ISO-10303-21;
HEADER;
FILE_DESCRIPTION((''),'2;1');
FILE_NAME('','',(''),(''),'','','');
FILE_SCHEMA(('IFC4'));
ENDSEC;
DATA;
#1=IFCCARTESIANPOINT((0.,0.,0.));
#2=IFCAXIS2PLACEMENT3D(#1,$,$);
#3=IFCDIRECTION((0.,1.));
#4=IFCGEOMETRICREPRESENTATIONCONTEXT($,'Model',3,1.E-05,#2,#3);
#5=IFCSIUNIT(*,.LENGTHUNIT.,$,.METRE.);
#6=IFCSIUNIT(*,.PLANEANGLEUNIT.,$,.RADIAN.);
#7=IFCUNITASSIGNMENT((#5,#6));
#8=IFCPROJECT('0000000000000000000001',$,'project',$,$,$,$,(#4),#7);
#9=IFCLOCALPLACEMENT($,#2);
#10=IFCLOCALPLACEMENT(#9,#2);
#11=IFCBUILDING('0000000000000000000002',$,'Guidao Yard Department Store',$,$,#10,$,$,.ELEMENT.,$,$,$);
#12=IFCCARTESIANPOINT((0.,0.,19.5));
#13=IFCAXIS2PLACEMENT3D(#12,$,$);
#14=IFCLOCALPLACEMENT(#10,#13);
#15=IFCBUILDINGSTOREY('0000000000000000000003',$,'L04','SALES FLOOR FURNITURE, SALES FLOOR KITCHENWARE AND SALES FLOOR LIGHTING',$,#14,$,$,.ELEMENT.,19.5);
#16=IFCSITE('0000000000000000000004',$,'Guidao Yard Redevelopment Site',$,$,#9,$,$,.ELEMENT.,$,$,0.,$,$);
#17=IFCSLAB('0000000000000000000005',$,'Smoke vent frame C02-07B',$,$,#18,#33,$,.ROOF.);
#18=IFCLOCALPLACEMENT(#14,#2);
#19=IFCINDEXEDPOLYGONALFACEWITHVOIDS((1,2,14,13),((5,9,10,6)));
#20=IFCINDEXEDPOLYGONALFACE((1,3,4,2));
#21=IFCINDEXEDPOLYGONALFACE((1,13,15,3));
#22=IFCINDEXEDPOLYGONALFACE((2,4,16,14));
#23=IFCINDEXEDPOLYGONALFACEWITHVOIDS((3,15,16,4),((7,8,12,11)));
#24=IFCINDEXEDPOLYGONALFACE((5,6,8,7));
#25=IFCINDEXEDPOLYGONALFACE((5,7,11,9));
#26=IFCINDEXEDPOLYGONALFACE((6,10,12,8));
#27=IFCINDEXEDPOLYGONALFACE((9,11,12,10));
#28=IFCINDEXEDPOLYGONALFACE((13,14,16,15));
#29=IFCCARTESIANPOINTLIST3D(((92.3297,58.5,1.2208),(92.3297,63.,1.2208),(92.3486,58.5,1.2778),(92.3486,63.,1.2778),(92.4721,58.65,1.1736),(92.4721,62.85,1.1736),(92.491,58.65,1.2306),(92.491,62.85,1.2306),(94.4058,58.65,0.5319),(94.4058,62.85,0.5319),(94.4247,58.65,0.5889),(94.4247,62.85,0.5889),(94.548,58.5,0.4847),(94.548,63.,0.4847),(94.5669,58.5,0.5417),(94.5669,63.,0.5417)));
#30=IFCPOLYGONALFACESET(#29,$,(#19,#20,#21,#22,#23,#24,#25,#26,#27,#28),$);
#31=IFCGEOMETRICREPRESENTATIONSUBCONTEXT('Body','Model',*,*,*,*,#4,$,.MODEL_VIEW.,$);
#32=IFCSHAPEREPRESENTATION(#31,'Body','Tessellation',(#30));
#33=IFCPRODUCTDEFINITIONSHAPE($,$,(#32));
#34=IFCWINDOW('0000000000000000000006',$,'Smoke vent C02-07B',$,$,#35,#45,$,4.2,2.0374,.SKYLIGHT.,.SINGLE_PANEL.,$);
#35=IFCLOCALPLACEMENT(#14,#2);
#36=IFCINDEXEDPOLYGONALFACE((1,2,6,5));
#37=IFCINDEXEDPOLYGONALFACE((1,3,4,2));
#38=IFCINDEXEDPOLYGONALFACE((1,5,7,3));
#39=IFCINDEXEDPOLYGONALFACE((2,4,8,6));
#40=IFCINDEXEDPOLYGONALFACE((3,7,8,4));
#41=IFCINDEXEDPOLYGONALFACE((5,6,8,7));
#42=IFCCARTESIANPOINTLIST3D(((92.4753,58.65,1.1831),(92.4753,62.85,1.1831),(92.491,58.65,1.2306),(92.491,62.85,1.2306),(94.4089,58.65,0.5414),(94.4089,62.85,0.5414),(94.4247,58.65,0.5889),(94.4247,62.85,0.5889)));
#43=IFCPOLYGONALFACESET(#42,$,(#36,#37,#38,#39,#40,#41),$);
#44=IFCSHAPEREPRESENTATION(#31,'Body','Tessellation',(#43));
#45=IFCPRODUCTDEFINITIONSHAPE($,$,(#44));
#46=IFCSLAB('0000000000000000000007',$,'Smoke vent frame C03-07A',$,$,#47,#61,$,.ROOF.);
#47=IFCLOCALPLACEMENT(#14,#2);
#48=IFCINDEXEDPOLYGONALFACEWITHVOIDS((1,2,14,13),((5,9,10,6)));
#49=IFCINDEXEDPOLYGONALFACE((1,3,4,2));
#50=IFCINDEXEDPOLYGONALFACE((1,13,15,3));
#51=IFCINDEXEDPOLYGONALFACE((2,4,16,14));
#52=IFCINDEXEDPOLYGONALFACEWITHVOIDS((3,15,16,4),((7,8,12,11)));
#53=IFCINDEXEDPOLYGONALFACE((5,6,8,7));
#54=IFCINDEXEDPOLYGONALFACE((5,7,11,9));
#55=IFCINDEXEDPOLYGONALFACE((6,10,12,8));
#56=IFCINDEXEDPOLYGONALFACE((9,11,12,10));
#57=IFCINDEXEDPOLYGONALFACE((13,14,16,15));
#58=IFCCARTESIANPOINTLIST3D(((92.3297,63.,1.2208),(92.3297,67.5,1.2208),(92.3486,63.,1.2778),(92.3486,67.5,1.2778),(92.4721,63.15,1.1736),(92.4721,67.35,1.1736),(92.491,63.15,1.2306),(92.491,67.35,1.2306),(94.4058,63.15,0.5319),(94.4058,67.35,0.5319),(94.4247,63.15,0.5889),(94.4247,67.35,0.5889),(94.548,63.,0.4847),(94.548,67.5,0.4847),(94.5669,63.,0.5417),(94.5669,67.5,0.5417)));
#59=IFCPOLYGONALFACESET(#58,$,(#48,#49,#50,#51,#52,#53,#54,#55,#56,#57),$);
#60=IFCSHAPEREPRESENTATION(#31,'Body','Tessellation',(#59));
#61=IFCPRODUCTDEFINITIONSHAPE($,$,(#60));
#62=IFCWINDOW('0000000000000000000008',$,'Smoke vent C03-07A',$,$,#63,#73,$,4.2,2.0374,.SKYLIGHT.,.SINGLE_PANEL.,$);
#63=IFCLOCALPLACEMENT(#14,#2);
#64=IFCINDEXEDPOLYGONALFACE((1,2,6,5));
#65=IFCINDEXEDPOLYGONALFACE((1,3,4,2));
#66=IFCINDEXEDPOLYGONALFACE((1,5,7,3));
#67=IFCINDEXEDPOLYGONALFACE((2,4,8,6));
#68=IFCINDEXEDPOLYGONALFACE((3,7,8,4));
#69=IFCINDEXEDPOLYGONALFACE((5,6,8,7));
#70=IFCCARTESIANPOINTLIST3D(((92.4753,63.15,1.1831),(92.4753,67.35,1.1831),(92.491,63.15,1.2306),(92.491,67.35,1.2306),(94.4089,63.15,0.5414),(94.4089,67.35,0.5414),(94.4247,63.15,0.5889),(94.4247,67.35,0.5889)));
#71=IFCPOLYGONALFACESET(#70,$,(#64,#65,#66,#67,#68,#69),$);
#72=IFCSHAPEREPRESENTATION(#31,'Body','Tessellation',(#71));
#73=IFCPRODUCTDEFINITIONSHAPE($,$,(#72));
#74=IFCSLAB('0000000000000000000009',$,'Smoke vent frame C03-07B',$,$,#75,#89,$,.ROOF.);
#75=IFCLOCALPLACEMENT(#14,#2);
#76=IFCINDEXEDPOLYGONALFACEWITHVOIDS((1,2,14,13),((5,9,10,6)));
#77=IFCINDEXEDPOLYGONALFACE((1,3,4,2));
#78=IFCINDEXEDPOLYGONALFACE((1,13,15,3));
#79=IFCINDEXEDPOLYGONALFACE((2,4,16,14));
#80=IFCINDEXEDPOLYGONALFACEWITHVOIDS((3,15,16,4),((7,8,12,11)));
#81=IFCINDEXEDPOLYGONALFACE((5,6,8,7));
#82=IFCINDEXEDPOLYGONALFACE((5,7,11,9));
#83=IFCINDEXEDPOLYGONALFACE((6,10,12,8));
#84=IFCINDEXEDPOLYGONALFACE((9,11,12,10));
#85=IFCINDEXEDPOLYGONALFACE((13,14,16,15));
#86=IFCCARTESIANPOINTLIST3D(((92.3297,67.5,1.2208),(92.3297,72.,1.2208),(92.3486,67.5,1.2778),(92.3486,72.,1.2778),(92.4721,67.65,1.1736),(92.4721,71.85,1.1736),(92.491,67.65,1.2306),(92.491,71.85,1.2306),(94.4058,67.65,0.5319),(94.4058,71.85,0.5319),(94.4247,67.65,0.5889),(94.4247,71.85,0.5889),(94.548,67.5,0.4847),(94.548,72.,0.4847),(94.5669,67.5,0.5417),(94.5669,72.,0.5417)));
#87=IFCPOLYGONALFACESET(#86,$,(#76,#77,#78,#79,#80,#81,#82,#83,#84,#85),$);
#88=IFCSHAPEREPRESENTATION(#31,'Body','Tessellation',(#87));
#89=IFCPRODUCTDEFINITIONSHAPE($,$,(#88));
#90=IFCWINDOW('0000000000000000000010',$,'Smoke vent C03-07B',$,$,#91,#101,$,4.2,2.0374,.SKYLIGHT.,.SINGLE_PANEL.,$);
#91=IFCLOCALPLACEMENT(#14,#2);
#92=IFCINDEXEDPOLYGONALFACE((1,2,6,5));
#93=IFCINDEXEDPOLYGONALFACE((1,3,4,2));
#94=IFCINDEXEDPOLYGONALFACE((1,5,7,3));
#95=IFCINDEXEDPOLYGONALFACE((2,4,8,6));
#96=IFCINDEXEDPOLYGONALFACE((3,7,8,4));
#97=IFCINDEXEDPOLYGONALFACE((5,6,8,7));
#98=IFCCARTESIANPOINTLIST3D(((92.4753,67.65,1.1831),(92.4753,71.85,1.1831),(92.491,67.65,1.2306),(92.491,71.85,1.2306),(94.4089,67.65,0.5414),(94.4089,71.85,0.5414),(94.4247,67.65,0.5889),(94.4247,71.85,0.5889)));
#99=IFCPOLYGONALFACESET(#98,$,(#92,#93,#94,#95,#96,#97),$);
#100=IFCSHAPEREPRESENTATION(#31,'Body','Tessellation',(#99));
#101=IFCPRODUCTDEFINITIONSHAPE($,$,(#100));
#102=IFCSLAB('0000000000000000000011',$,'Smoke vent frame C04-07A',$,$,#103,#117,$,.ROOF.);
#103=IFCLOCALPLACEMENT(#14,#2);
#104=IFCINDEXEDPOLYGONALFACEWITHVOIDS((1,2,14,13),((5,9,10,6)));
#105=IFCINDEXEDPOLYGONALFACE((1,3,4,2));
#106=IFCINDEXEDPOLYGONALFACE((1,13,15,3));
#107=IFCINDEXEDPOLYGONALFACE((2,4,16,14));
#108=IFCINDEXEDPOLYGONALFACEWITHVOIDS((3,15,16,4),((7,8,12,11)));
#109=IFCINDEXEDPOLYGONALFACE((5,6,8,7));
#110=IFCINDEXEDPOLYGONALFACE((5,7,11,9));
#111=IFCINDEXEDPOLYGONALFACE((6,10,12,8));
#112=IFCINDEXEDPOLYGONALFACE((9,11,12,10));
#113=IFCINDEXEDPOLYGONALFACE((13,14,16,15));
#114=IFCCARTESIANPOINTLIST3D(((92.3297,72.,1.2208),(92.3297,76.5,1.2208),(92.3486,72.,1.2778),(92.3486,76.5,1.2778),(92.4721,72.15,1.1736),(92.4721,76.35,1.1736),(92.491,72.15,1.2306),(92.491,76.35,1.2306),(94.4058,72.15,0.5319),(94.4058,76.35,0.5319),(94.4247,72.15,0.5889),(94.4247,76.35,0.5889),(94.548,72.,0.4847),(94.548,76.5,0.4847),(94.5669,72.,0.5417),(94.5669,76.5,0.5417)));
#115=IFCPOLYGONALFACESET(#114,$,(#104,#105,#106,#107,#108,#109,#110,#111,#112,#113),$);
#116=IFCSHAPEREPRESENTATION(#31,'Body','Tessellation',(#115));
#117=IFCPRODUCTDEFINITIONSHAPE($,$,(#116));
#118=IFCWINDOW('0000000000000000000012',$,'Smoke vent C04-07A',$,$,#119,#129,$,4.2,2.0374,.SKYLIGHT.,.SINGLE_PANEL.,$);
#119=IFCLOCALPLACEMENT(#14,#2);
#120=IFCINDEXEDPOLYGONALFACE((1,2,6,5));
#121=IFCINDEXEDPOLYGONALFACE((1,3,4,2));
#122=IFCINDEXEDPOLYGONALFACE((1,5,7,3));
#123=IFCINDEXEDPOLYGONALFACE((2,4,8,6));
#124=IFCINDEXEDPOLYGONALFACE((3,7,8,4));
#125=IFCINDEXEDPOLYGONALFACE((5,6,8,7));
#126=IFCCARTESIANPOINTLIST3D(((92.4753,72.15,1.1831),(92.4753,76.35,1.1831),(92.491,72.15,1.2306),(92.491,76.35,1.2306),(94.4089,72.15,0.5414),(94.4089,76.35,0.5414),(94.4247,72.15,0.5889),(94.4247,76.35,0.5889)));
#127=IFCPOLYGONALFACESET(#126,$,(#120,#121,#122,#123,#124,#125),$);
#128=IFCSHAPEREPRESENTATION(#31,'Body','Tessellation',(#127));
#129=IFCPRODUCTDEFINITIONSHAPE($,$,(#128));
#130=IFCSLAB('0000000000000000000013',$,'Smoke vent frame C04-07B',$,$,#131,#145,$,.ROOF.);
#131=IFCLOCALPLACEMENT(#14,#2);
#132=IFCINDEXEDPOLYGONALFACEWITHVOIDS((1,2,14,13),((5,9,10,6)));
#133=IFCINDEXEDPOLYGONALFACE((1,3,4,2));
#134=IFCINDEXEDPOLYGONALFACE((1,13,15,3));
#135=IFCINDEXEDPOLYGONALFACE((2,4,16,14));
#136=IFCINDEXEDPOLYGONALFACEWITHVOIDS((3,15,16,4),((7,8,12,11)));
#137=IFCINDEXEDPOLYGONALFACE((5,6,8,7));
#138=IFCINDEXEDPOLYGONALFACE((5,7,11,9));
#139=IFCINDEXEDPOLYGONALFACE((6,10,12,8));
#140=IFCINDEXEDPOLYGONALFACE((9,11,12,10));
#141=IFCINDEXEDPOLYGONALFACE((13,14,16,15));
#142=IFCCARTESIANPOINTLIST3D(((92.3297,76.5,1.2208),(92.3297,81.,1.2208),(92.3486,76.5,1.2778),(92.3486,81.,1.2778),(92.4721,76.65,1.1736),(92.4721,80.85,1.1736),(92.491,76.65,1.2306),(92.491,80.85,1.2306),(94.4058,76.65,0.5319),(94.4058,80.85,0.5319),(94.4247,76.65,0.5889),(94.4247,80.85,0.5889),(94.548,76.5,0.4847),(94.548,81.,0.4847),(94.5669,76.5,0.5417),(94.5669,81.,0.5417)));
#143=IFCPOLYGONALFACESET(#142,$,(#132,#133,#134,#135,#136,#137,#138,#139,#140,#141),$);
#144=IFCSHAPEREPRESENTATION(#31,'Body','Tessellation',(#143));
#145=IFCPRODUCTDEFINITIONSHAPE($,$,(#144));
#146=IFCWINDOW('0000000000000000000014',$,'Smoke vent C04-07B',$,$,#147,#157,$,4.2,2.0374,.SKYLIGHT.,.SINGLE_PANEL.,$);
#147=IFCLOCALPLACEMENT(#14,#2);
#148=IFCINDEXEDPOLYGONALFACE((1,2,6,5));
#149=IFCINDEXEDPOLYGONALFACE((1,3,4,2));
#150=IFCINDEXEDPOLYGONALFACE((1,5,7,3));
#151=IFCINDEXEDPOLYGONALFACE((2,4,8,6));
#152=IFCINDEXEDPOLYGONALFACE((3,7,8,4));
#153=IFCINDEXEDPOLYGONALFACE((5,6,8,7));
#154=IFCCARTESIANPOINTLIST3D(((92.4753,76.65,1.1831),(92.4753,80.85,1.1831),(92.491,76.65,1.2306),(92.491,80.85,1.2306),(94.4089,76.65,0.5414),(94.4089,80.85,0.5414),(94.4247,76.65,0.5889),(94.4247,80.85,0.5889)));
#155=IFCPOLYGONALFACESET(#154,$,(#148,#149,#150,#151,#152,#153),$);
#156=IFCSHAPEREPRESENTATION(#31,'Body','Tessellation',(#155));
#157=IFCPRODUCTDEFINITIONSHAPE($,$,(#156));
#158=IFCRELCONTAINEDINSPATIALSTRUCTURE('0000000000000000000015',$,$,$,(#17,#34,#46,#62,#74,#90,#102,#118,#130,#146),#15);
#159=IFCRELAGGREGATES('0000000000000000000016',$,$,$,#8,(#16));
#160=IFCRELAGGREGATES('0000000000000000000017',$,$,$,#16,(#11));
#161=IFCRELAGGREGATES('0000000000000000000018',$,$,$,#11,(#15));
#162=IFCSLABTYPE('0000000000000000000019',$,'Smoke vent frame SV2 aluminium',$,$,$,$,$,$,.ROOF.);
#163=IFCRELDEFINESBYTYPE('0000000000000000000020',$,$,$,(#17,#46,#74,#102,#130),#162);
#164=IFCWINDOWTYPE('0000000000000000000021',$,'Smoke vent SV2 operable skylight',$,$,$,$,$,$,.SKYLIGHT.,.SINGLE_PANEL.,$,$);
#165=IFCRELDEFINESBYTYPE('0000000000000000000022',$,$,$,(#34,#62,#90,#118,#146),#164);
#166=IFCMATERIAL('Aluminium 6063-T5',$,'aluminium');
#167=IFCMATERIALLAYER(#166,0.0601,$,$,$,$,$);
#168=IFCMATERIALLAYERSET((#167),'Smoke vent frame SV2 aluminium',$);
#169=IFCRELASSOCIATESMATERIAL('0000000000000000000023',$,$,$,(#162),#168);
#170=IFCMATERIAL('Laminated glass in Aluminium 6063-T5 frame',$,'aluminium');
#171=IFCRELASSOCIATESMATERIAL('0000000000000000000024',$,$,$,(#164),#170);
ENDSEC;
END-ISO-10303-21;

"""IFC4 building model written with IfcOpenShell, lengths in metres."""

from ifc_helpers import new_model, si_unit, direction, frame, origin, origin_2d, place, context, subcontext, project, spatial, polyline, rectangle, outline, extrude, material, layer, layer_set, type_object, element, fill, save


model = new_model("IFC4")

# Units and contexts
model_context = context("Model", 3, precision=1e-05, world=origin(), true_north=direction((0.0, 1.0)))
body_context = subcontext(model_context, "Body", "Model", "MODEL_VIEW")
ifc_project = project(units=[si_unit("LENGTHUNIT", "METRE"), si_unit("PLANEANGLEUNIT", "RADIAN")], contexts=[model_context])

# Site, building, storey
site_placement = place(None, origin())
site = spatial("IfcSite", under=ifc_project, at=site_placement, Name="Guidao Yard Redevelopment Site", CompositionType="ELEMENT", RefElevation=0.0)
building_placement = place(site_placement, origin())
building = spatial("IfcBuilding", under=site, at=building_placement, Name="Guidao Yard Department Store", CompositionType="ELEMENT")
storey_placement = place(building_placement, frame((0.0, 0.0, 19.5)))
storey = spatial("IfcBuildingStorey", under=building, at=storey_placement, Name="L04", Description="SALES FLOOR FURNITURE, SALES FLOOR KITCHENWARE AND SALES FLOOR LIGHTING", CompositionType="ELEMENT", Elevation=19.5)

# Slabs, openings, windows
ifc_material_1 = material(Name="Aluminium 6063-T5", Category="aluminium")
ifc_layer = layer(ifc_material_1, 0.0601)
ifc_layer_set = layer_set([ifc_layer], Name="Smoke vent frame SV2 aluminium")
slab_type = type_object("IfcSlabType", Name="Smoke vent frame SV2 aluminium", PredefinedType="ROOF", material=ifc_layer_set)
slab_1_placement = place(storey_placement, frame((92.3486, 58.5, 1.2778), z_axis=(0.314943, 0.0, 0.949111), x_axis=(0.949111, 0.0, -0.314943)))
slab_1 = element("IfcSlab", 1, at=slab_1_placement, inside=storey, type_object=slab_type, Name="Smoke vent frame C02-07B", PredefinedType="ROOF", context=body_context, shape_type="SweptSolid", body=[
    extrude(outline(polyline([(0.0, 0.0), (2.3372, 0.0), (2.3372, 4.5), (0.0, 4.5), (0.0, 0.0)])), origin(), (0.0, 0.0, -1.0), 0.0601),
])
opening_1_placement = place(slab_1_placement, frame((1.1687, 2.25, 0.0)))
opening_1 = element("IfcOpeningElement", 2, at=opening_1_placement, cuts=slab_1, PredefinedType="OPENING", context=body_context, shape_type="SweptSolid", body=[
    extrude(rectangle(XDim=2.0374, YDim=4.2, at=origin_2d()), frame((0.0, 0.0, 0.01)), (0.0, 0.0, -1.0), 0.0801),
])
ifc_material_2 = material(Name="Laminated glass in Aluminium 6063-T5 frame", Category="aluminium")
window_type = type_object("IfcWindowType", Name="Smoke vent SV2 operable skylight", PartitioningType="SINGLE_PANEL", PredefinedType="SKYLIGHT", material=ifc_material_2)
window_1_placement = place(opening_1_placement, frame((0.0, 0.0, -0.05)))
window_1 = element("IfcWindow", 3, at=window_1_placement, inside=storey, type_object=window_type, Name="Smoke vent C02-07B", OverallHeight=4.2, OverallWidth=2.0374, PartitioningType="SINGLE_PANEL", PredefinedType="SKYLIGHT", context=body_context, shape_type="SweptSolid", body=[
    extrude(rectangle(XDim=2.0374, YDim=4.2, at=origin_2d()), origin(), (0.0, 0.0, 1.0), 0.05),
])
fill(opening_1, window_1)
slab_2_placement = place(storey_placement, frame((92.3486, 63.0, 1.2778), z_axis=(0.314943, 0.0, 0.949111), x_axis=(0.949111, 0.0, -0.314943)))
slab_2 = element("IfcSlab", 4, at=slab_2_placement, inside=storey, type_object=slab_type, Name="Smoke vent frame C03-07A", PredefinedType="ROOF", context=body_context, shape_type="SweptSolid", body=[
    extrude(outline(polyline([(0.0, 0.0), (2.3372, 0.0), (2.3372, 4.5), (0.0, 4.5), (0.0, 0.0)])), origin(), (0.0, 0.0, -1.0), 0.0601),
])
opening_2_placement = place(slab_2_placement, frame((1.1687, 2.25, 0.0)))
opening_2 = element("IfcOpeningElement", 5, at=opening_2_placement, cuts=slab_2, PredefinedType="OPENING", context=body_context, shape_type="SweptSolid", body=[
    extrude(rectangle(XDim=2.0374, YDim=4.2, at=origin_2d()), frame((0.0, 0.0, 0.01)), (0.0, 0.0, -1.0), 0.0801),
])
window_2_placement = place(opening_2_placement, frame((0.0, 0.0, -0.05)))
window_2 = element("IfcWindow", 6, at=window_2_placement, inside=storey, type_object=window_type, Name="Smoke vent C03-07A", OverallHeight=4.2, OverallWidth=2.0374, PartitioningType="SINGLE_PANEL", PredefinedType="SKYLIGHT", context=body_context, shape_type="SweptSolid", body=[
    extrude(rectangle(XDim=2.0374, YDim=4.2, at=origin_2d()), origin(), (0.0, 0.0, 1.0), 0.05),
])
fill(opening_2, window_2)
slab_3_placement = place(storey_placement, frame((92.3486, 67.5, 1.2778), z_axis=(0.314943, 0.0, 0.949111), x_axis=(0.949111, 0.0, -0.314943)))
slab_3 = element("IfcSlab", 7, at=slab_3_placement, inside=storey, type_object=slab_type, Name="Smoke vent frame C03-07B", PredefinedType="ROOF", context=body_context, shape_type="SweptSolid", body=[
    extrude(outline(polyline([(0.0, 0.0), (2.3372, 0.0), (2.3372, 4.5), (0.0, 4.5), (0.0, 0.0)])), origin(), (0.0, 0.0, -1.0), 0.0601),
])
opening_3_placement = place(slab_3_placement, frame((1.1687, 2.25, 0.0)))
opening_3 = element("IfcOpeningElement", 8, at=opening_3_placement, cuts=slab_3, PredefinedType="OPENING", context=body_context, shape_type="SweptSolid", body=[
    extrude(rectangle(XDim=2.0374, YDim=4.2, at=origin_2d()), frame((0.0, 0.0, 0.01)), (0.0, 0.0, -1.0), 0.0801),
])
window_3_placement = place(opening_3_placement, frame((0.0, 0.0, -0.05)))
window_3 = element("IfcWindow", 9, at=window_3_placement, inside=storey, type_object=window_type, Name="Smoke vent C03-07B", OverallHeight=4.2, OverallWidth=2.0374, PartitioningType="SINGLE_PANEL", PredefinedType="SKYLIGHT", context=body_context, shape_type="SweptSolid", body=[
    extrude(rectangle(XDim=2.0374, YDim=4.2, at=origin_2d()), origin(), (0.0, 0.0, 1.0), 0.05),
])
fill(opening_3, window_3)
slab_4_placement = place(storey_placement, frame((92.3486, 72.0, 1.2778), z_axis=(0.314943, 0.0, 0.949111), x_axis=(0.949111, 0.0, -0.314943)))
slab_4 = element("IfcSlab", 10, at=slab_4_placement, inside=storey, type_object=slab_type, Name="Smoke vent frame C04-07A", PredefinedType="ROOF", context=body_context, shape_type="SweptSolid", body=[
    extrude(outline(polyline([(0.0, 0.0), (2.3372, 0.0), (2.3372, 4.5), (0.0, 4.5), (0.0, 0.0)])), origin(), (0.0, 0.0, -1.0), 0.0601),
])
opening_4_placement = place(slab_4_placement, frame((1.1687, 2.25, 0.0)))
opening_4 = element("IfcOpeningElement", 11, at=opening_4_placement, cuts=slab_4, PredefinedType="OPENING", context=body_context, shape_type="SweptSolid", body=[
    extrude(rectangle(XDim=2.0374, YDim=4.2, at=origin_2d()), frame((0.0, 0.0, 0.01)), (0.0, 0.0, -1.0), 0.0801),
])
window_4_placement = place(opening_4_placement, frame((0.0, 0.0, -0.05)))
window_4 = element("IfcWindow", 12, at=window_4_placement, inside=storey, type_object=window_type, Name="Smoke vent C04-07A", OverallHeight=4.2, OverallWidth=2.0374, PartitioningType="SINGLE_PANEL", PredefinedType="SKYLIGHT", context=body_context, shape_type="SweptSolid", body=[
    extrude(rectangle(XDim=2.0374, YDim=4.2, at=origin_2d()), origin(), (0.0, 0.0, 1.0), 0.05),
])
fill(opening_4, window_4)
slab_5_placement = place(storey_placement, frame((92.3486, 76.5, 1.2778), z_axis=(0.314943, 0.0, 0.949111), x_axis=(0.949111, 0.0, -0.314943)))
slab_5 = element("IfcSlab", 13, at=slab_5_placement, inside=storey, type_object=slab_type, Name="Smoke vent frame C04-07B", PredefinedType="ROOF", context=body_context, shape_type="SweptSolid", body=[
    extrude(outline(polyline([(0.0, 0.0), (2.3372, 0.0), (2.3372, 4.5), (0.0, 4.5), (0.0, 0.0)])), origin(), (0.0, 0.0, -1.0), 0.0601),
])
opening_5_placement = place(slab_5_placement, frame((1.1687, 2.25, 0.0)))
opening_5 = element("IfcOpeningElement", 14, at=opening_5_placement, cuts=slab_5, PredefinedType="OPENING", context=body_context, shape_type="SweptSolid", body=[
    extrude(rectangle(XDim=2.0374, YDim=4.2, at=origin_2d()), frame((0.0, 0.0, 0.01)), (0.0, 0.0, -1.0), 0.0801),
])
window_5_placement = place(opening_5_placement, frame((0.0, 0.0, -0.05)))
window_5 = element("IfcWindow", 15, at=window_5_placement, inside=storey, type_object=window_type, Name="Smoke vent C04-07B", OverallHeight=4.2, OverallWidth=2.0374, PartitioningType="SINGLE_PANEL", PredefinedType="SKYLIGHT", context=body_context, shape_type="SweptSolid", body=[
    extrude(rectangle(XDim=2.0374, YDim=4.2, at=origin_2d()), origin(), (0.0, 0.0, 1.0), 0.05),
])
fill(opening_5, window_5)

save(model, "model.ifc")
